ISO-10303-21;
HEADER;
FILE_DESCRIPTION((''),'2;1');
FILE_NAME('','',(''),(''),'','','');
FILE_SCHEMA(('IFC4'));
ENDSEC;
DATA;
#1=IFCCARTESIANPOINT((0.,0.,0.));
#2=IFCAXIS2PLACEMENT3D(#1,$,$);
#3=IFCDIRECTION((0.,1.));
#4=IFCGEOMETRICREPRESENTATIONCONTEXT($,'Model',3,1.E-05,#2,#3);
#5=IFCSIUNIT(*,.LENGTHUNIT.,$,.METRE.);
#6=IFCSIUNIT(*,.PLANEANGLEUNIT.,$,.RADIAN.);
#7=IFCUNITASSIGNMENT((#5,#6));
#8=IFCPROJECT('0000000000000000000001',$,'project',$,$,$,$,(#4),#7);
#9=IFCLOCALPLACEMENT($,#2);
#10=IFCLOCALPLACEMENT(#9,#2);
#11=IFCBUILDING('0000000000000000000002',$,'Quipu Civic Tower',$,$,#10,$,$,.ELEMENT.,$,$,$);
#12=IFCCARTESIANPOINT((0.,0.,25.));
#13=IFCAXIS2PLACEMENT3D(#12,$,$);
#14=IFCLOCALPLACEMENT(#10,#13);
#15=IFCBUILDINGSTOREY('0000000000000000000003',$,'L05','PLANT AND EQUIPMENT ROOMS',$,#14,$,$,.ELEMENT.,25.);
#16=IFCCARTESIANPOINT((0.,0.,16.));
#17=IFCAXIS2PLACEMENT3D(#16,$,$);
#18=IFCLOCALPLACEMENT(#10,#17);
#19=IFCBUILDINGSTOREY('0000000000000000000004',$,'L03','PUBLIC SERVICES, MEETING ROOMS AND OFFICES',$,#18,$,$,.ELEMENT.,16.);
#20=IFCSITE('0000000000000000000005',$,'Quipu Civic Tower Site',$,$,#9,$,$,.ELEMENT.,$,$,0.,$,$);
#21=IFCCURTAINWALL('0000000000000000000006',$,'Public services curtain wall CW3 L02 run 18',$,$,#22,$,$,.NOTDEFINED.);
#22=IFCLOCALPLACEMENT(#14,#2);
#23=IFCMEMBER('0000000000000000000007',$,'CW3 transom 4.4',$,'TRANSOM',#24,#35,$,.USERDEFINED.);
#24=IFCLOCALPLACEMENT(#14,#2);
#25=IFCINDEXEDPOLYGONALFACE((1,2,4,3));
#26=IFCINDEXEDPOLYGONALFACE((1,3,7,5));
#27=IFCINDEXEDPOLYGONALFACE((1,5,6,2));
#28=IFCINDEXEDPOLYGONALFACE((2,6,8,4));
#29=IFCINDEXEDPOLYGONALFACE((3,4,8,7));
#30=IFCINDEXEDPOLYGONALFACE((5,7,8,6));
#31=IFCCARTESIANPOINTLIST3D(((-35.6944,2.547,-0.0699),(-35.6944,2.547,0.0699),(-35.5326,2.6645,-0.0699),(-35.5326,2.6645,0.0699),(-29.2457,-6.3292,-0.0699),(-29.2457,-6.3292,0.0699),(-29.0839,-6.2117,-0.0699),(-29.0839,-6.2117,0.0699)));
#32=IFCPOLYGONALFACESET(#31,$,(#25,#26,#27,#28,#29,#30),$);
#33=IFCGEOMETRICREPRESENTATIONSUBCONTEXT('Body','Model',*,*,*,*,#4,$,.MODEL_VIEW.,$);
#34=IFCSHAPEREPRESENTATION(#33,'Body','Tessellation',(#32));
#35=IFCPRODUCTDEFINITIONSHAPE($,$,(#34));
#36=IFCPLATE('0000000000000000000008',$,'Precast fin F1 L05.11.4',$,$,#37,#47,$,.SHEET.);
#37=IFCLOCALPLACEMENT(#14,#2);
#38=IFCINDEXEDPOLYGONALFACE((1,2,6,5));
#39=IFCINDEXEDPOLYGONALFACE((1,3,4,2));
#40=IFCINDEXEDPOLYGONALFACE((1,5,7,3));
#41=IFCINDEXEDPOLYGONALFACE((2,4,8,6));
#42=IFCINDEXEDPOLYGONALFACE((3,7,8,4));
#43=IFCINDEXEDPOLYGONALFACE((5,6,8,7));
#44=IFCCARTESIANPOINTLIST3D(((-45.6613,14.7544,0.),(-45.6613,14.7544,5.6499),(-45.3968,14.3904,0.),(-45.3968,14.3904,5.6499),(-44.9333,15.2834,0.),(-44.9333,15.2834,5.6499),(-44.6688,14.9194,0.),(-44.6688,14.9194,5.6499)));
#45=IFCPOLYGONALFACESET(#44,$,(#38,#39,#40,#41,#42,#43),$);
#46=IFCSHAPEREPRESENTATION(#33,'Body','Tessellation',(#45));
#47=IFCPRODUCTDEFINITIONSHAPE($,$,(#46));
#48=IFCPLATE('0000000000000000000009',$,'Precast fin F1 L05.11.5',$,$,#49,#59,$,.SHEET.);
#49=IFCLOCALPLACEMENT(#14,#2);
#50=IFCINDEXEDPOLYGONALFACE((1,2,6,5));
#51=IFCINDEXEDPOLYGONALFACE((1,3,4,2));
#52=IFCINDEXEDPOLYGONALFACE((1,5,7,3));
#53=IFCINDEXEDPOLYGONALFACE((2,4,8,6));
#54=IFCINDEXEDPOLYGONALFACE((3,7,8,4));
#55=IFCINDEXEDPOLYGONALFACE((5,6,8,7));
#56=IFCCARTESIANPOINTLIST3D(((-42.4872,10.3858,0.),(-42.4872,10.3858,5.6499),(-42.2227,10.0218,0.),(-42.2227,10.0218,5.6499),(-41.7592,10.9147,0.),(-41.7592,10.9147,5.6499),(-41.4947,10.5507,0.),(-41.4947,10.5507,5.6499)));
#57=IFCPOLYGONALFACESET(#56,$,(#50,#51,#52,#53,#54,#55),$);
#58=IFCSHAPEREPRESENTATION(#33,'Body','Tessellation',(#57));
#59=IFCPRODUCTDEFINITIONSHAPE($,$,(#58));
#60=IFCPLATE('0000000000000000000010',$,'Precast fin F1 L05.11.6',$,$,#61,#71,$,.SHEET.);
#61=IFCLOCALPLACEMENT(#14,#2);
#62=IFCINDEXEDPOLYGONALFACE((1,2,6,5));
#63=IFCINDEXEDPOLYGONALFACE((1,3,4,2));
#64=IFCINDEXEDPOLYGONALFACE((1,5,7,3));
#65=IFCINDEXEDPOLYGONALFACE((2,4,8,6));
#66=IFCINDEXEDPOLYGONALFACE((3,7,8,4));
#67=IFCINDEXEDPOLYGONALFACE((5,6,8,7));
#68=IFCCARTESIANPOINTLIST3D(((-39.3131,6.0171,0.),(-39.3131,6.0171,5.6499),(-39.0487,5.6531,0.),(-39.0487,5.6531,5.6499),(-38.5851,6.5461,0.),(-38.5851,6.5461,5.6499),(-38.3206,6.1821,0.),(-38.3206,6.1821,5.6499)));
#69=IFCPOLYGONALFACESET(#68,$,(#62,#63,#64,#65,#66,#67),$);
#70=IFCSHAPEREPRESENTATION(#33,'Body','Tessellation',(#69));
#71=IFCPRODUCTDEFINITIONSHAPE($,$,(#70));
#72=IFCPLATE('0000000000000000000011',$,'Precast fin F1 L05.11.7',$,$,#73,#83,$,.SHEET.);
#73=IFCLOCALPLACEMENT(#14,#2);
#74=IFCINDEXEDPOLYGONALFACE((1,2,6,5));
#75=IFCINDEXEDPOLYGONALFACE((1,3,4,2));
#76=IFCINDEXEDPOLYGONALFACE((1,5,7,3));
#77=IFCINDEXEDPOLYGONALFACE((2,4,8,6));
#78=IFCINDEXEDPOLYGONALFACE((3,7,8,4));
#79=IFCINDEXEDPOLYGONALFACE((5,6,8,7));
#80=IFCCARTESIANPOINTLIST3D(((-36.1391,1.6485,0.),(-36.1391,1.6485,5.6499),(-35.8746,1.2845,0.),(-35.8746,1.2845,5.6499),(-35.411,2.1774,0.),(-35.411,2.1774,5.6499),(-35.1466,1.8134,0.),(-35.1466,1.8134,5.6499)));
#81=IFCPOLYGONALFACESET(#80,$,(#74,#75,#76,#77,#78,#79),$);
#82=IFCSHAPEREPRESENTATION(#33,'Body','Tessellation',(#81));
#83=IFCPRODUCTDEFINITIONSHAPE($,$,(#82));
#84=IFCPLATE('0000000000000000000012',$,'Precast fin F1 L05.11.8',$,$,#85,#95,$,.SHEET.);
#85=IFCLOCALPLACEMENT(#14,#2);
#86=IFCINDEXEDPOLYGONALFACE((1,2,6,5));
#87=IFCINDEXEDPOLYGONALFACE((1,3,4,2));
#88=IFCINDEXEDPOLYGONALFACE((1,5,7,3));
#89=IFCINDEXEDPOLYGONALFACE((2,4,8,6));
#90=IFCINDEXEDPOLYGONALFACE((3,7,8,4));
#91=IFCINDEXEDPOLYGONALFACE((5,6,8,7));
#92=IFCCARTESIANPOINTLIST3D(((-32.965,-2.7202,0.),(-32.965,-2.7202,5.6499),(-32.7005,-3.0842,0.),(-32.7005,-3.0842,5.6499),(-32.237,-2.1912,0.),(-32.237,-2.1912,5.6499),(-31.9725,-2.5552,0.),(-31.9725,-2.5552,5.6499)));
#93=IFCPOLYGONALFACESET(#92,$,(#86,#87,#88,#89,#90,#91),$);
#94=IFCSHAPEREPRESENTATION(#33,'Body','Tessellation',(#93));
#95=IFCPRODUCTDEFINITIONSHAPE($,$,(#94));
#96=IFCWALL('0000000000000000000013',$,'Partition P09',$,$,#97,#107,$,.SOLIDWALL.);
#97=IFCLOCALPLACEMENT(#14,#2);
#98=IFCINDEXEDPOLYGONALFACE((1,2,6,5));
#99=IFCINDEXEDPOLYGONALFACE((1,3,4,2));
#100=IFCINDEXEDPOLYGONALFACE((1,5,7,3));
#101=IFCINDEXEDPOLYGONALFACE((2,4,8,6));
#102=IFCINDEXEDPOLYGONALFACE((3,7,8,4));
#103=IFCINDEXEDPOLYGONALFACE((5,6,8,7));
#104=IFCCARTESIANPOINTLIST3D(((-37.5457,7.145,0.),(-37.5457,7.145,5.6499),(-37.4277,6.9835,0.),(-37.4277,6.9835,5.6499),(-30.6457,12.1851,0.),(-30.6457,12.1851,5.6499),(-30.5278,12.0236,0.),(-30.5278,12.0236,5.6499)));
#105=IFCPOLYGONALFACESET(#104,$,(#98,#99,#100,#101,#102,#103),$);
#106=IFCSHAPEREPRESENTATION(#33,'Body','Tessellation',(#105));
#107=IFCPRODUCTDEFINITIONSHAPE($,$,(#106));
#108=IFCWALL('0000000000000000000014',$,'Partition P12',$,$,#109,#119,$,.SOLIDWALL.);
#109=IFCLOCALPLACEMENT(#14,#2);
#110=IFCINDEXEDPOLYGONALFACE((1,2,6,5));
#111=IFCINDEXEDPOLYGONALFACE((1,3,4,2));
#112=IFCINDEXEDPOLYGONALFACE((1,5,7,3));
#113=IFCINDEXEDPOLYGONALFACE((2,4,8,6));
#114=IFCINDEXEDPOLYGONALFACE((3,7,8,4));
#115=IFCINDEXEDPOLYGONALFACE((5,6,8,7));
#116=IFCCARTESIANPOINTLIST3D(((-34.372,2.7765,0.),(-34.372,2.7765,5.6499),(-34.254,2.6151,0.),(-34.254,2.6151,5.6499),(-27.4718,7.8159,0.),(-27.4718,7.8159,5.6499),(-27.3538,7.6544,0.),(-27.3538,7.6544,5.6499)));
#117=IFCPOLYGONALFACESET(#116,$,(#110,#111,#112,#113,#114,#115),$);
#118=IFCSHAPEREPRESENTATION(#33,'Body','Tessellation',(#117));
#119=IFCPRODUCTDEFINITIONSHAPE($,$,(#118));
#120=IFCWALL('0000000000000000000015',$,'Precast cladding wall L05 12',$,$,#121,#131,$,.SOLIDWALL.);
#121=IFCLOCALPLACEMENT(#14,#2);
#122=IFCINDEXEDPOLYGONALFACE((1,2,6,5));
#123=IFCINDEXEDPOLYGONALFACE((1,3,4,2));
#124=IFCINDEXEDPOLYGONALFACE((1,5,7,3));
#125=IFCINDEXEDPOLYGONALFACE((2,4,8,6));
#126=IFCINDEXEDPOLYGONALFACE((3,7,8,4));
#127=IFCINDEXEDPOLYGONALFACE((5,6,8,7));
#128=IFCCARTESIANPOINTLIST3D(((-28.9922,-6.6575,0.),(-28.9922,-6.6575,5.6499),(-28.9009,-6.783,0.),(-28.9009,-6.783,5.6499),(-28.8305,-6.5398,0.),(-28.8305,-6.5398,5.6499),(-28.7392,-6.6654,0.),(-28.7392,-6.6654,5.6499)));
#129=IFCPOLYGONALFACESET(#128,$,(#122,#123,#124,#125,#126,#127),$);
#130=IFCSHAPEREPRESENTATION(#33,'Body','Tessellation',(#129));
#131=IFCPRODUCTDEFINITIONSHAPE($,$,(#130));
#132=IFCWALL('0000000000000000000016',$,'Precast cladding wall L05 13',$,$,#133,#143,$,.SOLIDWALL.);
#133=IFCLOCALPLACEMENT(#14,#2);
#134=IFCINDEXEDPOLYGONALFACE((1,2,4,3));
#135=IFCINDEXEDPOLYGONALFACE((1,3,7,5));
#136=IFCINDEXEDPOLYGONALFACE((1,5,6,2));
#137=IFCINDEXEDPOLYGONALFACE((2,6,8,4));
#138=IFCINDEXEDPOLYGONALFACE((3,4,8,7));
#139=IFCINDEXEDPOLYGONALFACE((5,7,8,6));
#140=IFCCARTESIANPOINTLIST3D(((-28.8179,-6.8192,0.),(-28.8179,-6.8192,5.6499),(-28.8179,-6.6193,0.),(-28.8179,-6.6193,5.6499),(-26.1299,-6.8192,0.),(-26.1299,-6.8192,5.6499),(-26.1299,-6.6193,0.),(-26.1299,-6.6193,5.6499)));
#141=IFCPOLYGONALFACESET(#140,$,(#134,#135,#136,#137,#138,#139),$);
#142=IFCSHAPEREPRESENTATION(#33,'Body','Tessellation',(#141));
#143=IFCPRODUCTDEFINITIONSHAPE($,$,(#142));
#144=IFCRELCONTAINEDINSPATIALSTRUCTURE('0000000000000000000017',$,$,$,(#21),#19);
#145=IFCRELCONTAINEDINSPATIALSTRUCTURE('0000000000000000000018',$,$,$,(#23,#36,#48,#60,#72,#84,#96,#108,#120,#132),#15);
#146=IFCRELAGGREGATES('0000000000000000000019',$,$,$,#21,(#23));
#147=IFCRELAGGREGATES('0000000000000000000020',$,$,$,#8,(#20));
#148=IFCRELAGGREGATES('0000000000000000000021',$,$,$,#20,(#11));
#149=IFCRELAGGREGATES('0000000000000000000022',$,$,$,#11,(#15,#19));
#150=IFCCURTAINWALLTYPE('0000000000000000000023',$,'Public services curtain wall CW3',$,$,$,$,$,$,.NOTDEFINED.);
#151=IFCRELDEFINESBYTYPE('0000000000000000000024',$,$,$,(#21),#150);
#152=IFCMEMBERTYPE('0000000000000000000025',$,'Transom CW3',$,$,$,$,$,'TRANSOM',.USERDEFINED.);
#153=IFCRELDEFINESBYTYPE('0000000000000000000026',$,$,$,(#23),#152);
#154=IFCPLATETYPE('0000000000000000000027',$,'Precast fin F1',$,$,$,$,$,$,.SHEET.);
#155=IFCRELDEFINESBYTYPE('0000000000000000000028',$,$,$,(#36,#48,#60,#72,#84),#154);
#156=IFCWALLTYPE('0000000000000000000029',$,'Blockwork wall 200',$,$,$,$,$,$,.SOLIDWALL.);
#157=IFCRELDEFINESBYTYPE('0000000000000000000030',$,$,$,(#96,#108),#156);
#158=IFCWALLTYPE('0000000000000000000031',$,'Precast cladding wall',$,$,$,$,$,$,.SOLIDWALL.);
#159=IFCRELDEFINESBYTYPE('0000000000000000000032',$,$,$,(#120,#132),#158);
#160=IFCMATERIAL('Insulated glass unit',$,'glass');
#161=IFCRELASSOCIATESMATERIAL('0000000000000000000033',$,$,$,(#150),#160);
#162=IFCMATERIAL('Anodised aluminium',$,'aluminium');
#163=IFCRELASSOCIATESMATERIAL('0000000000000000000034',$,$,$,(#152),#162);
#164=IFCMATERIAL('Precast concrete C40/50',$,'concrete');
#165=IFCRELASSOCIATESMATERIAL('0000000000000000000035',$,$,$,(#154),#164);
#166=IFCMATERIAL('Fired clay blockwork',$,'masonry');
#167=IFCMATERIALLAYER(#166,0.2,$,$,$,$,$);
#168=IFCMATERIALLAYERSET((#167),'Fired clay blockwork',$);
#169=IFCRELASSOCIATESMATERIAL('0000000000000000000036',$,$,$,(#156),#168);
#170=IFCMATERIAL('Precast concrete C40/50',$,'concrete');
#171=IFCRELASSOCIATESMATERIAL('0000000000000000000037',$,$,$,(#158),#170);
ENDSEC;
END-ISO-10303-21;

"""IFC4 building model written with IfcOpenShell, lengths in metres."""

from ifc_helpers import new_model, si_unit, direction, frame, frame_2d, origin, origin_2d, place, context, subcontext, project, spatial, rectangle, extrude, material, layer, layer_set, material_profile, profile_set, type_object, element, aggregate, save


model = new_model("IFC4")

# Units and contexts
model_context = context("Model", 3, precision=1e-05, world=origin(), true_north=direction((0.0, 1.0)))
body_context = subcontext(model_context, "Body", "Model", "MODEL_VIEW")
ifc_project = project(units=[si_unit("LENGTHUNIT", "METRE"), si_unit("PLANEANGLEUNIT", "RADIAN")], contexts=[model_context])

# Site, building, storey
site_placement = place(None, origin())
site = spatial("IfcSite", under=ifc_project, at=site_placement, Name="Quipu Civic Tower Site", CompositionType="ELEMENT", RefElevation=0.0)
building_placement = place(site_placement, origin())
building = spatial("IfcBuilding", under=site, at=building_placement, Name="Quipu Civic Tower", CompositionType="ELEMENT")
storey_1_placement = place(building_placement, frame((0.0, 0.0, 25.0)))
storey_1 = spatial("IfcBuildingStorey", under=building, at=storey_1_placement, Name="L05", Description="PLANT AND EQUIPMENT ROOMS", CompositionType="ELEMENT", Elevation=25.0)

# Shared definitions
storey_2_placement = place(building_placement, frame((0.0, 0.0, 16.0)))
storey_2 = spatial("IfcBuildingStorey", under=building, at=storey_2_placement, Name="L03", Description="PUBLIC SERVICES, MEETING ROOMS AND OFFICES", CompositionType="ELEMENT", Elevation=16.0)

# Curtain wall, member
ifc_material_1 = material(Name="Insulated glass unit", Category="glass")
curtain_wall_type = type_object("IfcCurtainWallType", Name="Public services curtain wall CW3", PredefinedType="NOTDEFINED", material=ifc_material_1)
curtain_wall_placement = place(storey_2_placement, origin())
curtain_wall = element("IfcCurtainWall", 1, at=curtain_wall_placement, inside=storey_2, type_object=curtain_wall_type, Name="Public services curtain wall CW3 L02 run 18", PredefinedType="NOTDEFINED")
ifc_material_2 = material(Name="Anodised aluminium", Category="aluminium")
ifc_material_profile_1 = material_profile(ifc_material_2, rectangle(XDim=0.2, YDim=0.1399, at=origin_2d()), Name="RECT 200x140")
ifc_profile_set_1 = profile_set([ifc_material_profile_1], Name="Anodised aluminium")
member_type_1 = type_object("IfcMemberType", Name="Transom CW3", ElementType="TRANSOM", PredefinedType="USERDEFINED", material=ifc_profile_set_1)
member_1_placement = place(storey_1_placement, frame((-35.6135, 2.6057, 0.0), z_axis=(0.587772, -0.809027, 0.0), x_axis=(0.809027, 0.587772, 0.0)))
member_1 = element("IfcMember", 2, at=member_1_placement, inside=storey_1, type_object=member_type_1, Name="CW3 transom 4.4", ObjectType="TRANSOM", PredefinedType="USERDEFINED", context=body_context, shape_type="SweptSolid", body=[
    extrude(rectangle(XDim=0.2, YDim=0.1399, at=origin_2d()), origin(), (0.0, 0.0, 1.0), 10.9714),
])
aggregate(curtain_wall, [member_1])

# Plates
ifc_material_3 = material(Name="Precast concrete C40/50", Category="concrete")
plate_type = type_object("IfcPlateType", Name="Precast fin F1", PredefinedType="SHEET", material=ifc_material_3)
for number, where, z_axis, x_axis, name in (
    (3, (-45.165, 14.8369, 0.0), (0.0, 0.0, 1.0), (0.587786, -0.809017, 0.0), "Precast fin F1 L05.11.4"),
    (4, (-41.991, 10.4683, 0.0), (0.0, 0.0, 1.0), (0.587786, -0.809017, 0.0), "Precast fin F1 L05.11.5"),
    (5, (-38.8169, 6.0996, 0.0), (0.0, 0.0, 1.0), (0.587786, -0.809017, 0.0), "Precast fin F1 L05.11.6"),
    (6, (-35.6428, 1.731, 0.0), (0.0, 0.0, 1.0), (0.587786, -0.809017, 0.0), "Precast fin F1 L05.11.7"),
    (7, (-32.4688, -2.6377, 0.0), (0.0, 0.0, 1.0), (0.587786, -0.809017, 0.0), "Precast fin F1 L05.11.8"),
):
    element("IfcPlate", number, at=place(storey_1_placement, frame(where, z_axis=z_axis, x_axis=x_axis)), inside=storey_1, type_object=plate_type, Name=name, PredefinedType="SHEET", context=body_context, shape_type="SweptSolid", body=[
        extrude(rectangle(XDim=0.45, YDim=0.8999, at=origin_2d()), origin(), (0.0, 0.0, 1.0), 5.6499),
    ])

# Walls
ifc_material_4 = material(Name="Fired clay blockwork", Category="masonry")
ifc_layer = layer(ifc_material_4, 0.2)
ifc_layer_set = layer_set([ifc_layer], Name="Fired clay blockwork")
wall_type_1 = type_object("IfcWallType", Name="Blockwork wall 200", PredefinedType="SOLIDWALL", material=ifc_layer_set)
wall_1_placement = place(storey_1_placement, frame((-37.4868, 7.0642, 0.0), z_axis=(0.0, 0.0, 1.0), x_axis=(0.807514, 0.589849, 0.0)))
element("IfcWall", 8, at=wall_1_placement, inside=storey_1, type_object=wall_type_1, Name="Partition P09", PredefinedType="SOLIDWALL", context=body_context, shape_type="SweptSolid", body=[
    extrude(rectangle(XDim=8.5447, YDim=0.2, at=frame_2d((4.2725, 0.0))), origin(), (0.0, 0.0, 1.0), 5.6499),
])
wall_2_placement = place(storey_1_placement, frame((-34.313, 2.6958, 0.0), z_axis=(0.0, 0.0, 1.0), x_axis=(0.807564, 0.589779, 0.0)))
element("IfcWall", 9, at=wall_2_placement, inside=storey_1, type_object=wall_type_1, Name="Partition P12", PredefinedType="SOLIDWALL", context=body_context, shape_type="SweptSolid", body=[
    extrude(rectangle(XDim=8.5444, YDim=0.2, at=frame_2d((4.2722, 0.0))), origin(), (0.0, 0.0, 1.0), 5.6499),
])
ifc_material_5 = material(Name="Precast concrete C40/50", Category="concrete")
wall_type_2 = type_object("IfcWallType", Name="Precast cladding wall", PredefinedType="SOLIDWALL", material=ifc_material_5)
wall_3_placement = place(storey_1_placement, frame((-28.9114, -6.5986, 0.0), z_axis=(0.0, 0.0, 1.0), x_axis=(0.588359, -0.8086, 0.0)))
element("IfcWall", 10, at=wall_3_placement, inside=storey_1, type_object=wall_type_2, Name="Precast cladding wall L05 12", PredefinedType="SOLIDWALL", context=body_context, shape_type="SweptSolid", body=[
    extrude(rectangle(XDim=0.1553, YDim=0.2, at=frame_2d((0.0776, 0.0))), origin(), (0.0, 0.0, 1.0), 5.6499),
])
wall_4_placement = place(storey_1_placement, frame((-28.8179, -6.7192, 0.0), z_axis=(0.0, 0.0, 1.0), x_axis=(1.0, 0.0, 0.0)))
element("IfcWall", 11, at=wall_4_placement, inside=storey_1, type_object=wall_type_2, Name="Precast cladding wall L05 13", PredefinedType="SOLIDWALL", context=body_context, shape_type="SweptSolid", body=[
    extrude(rectangle(XDim=2.688, YDim=0.2, at=frame_2d((1.344, 0.0))), origin(), (0.0, 0.0, 1.0), 5.6499),
])

save(model, "model.ifc")
